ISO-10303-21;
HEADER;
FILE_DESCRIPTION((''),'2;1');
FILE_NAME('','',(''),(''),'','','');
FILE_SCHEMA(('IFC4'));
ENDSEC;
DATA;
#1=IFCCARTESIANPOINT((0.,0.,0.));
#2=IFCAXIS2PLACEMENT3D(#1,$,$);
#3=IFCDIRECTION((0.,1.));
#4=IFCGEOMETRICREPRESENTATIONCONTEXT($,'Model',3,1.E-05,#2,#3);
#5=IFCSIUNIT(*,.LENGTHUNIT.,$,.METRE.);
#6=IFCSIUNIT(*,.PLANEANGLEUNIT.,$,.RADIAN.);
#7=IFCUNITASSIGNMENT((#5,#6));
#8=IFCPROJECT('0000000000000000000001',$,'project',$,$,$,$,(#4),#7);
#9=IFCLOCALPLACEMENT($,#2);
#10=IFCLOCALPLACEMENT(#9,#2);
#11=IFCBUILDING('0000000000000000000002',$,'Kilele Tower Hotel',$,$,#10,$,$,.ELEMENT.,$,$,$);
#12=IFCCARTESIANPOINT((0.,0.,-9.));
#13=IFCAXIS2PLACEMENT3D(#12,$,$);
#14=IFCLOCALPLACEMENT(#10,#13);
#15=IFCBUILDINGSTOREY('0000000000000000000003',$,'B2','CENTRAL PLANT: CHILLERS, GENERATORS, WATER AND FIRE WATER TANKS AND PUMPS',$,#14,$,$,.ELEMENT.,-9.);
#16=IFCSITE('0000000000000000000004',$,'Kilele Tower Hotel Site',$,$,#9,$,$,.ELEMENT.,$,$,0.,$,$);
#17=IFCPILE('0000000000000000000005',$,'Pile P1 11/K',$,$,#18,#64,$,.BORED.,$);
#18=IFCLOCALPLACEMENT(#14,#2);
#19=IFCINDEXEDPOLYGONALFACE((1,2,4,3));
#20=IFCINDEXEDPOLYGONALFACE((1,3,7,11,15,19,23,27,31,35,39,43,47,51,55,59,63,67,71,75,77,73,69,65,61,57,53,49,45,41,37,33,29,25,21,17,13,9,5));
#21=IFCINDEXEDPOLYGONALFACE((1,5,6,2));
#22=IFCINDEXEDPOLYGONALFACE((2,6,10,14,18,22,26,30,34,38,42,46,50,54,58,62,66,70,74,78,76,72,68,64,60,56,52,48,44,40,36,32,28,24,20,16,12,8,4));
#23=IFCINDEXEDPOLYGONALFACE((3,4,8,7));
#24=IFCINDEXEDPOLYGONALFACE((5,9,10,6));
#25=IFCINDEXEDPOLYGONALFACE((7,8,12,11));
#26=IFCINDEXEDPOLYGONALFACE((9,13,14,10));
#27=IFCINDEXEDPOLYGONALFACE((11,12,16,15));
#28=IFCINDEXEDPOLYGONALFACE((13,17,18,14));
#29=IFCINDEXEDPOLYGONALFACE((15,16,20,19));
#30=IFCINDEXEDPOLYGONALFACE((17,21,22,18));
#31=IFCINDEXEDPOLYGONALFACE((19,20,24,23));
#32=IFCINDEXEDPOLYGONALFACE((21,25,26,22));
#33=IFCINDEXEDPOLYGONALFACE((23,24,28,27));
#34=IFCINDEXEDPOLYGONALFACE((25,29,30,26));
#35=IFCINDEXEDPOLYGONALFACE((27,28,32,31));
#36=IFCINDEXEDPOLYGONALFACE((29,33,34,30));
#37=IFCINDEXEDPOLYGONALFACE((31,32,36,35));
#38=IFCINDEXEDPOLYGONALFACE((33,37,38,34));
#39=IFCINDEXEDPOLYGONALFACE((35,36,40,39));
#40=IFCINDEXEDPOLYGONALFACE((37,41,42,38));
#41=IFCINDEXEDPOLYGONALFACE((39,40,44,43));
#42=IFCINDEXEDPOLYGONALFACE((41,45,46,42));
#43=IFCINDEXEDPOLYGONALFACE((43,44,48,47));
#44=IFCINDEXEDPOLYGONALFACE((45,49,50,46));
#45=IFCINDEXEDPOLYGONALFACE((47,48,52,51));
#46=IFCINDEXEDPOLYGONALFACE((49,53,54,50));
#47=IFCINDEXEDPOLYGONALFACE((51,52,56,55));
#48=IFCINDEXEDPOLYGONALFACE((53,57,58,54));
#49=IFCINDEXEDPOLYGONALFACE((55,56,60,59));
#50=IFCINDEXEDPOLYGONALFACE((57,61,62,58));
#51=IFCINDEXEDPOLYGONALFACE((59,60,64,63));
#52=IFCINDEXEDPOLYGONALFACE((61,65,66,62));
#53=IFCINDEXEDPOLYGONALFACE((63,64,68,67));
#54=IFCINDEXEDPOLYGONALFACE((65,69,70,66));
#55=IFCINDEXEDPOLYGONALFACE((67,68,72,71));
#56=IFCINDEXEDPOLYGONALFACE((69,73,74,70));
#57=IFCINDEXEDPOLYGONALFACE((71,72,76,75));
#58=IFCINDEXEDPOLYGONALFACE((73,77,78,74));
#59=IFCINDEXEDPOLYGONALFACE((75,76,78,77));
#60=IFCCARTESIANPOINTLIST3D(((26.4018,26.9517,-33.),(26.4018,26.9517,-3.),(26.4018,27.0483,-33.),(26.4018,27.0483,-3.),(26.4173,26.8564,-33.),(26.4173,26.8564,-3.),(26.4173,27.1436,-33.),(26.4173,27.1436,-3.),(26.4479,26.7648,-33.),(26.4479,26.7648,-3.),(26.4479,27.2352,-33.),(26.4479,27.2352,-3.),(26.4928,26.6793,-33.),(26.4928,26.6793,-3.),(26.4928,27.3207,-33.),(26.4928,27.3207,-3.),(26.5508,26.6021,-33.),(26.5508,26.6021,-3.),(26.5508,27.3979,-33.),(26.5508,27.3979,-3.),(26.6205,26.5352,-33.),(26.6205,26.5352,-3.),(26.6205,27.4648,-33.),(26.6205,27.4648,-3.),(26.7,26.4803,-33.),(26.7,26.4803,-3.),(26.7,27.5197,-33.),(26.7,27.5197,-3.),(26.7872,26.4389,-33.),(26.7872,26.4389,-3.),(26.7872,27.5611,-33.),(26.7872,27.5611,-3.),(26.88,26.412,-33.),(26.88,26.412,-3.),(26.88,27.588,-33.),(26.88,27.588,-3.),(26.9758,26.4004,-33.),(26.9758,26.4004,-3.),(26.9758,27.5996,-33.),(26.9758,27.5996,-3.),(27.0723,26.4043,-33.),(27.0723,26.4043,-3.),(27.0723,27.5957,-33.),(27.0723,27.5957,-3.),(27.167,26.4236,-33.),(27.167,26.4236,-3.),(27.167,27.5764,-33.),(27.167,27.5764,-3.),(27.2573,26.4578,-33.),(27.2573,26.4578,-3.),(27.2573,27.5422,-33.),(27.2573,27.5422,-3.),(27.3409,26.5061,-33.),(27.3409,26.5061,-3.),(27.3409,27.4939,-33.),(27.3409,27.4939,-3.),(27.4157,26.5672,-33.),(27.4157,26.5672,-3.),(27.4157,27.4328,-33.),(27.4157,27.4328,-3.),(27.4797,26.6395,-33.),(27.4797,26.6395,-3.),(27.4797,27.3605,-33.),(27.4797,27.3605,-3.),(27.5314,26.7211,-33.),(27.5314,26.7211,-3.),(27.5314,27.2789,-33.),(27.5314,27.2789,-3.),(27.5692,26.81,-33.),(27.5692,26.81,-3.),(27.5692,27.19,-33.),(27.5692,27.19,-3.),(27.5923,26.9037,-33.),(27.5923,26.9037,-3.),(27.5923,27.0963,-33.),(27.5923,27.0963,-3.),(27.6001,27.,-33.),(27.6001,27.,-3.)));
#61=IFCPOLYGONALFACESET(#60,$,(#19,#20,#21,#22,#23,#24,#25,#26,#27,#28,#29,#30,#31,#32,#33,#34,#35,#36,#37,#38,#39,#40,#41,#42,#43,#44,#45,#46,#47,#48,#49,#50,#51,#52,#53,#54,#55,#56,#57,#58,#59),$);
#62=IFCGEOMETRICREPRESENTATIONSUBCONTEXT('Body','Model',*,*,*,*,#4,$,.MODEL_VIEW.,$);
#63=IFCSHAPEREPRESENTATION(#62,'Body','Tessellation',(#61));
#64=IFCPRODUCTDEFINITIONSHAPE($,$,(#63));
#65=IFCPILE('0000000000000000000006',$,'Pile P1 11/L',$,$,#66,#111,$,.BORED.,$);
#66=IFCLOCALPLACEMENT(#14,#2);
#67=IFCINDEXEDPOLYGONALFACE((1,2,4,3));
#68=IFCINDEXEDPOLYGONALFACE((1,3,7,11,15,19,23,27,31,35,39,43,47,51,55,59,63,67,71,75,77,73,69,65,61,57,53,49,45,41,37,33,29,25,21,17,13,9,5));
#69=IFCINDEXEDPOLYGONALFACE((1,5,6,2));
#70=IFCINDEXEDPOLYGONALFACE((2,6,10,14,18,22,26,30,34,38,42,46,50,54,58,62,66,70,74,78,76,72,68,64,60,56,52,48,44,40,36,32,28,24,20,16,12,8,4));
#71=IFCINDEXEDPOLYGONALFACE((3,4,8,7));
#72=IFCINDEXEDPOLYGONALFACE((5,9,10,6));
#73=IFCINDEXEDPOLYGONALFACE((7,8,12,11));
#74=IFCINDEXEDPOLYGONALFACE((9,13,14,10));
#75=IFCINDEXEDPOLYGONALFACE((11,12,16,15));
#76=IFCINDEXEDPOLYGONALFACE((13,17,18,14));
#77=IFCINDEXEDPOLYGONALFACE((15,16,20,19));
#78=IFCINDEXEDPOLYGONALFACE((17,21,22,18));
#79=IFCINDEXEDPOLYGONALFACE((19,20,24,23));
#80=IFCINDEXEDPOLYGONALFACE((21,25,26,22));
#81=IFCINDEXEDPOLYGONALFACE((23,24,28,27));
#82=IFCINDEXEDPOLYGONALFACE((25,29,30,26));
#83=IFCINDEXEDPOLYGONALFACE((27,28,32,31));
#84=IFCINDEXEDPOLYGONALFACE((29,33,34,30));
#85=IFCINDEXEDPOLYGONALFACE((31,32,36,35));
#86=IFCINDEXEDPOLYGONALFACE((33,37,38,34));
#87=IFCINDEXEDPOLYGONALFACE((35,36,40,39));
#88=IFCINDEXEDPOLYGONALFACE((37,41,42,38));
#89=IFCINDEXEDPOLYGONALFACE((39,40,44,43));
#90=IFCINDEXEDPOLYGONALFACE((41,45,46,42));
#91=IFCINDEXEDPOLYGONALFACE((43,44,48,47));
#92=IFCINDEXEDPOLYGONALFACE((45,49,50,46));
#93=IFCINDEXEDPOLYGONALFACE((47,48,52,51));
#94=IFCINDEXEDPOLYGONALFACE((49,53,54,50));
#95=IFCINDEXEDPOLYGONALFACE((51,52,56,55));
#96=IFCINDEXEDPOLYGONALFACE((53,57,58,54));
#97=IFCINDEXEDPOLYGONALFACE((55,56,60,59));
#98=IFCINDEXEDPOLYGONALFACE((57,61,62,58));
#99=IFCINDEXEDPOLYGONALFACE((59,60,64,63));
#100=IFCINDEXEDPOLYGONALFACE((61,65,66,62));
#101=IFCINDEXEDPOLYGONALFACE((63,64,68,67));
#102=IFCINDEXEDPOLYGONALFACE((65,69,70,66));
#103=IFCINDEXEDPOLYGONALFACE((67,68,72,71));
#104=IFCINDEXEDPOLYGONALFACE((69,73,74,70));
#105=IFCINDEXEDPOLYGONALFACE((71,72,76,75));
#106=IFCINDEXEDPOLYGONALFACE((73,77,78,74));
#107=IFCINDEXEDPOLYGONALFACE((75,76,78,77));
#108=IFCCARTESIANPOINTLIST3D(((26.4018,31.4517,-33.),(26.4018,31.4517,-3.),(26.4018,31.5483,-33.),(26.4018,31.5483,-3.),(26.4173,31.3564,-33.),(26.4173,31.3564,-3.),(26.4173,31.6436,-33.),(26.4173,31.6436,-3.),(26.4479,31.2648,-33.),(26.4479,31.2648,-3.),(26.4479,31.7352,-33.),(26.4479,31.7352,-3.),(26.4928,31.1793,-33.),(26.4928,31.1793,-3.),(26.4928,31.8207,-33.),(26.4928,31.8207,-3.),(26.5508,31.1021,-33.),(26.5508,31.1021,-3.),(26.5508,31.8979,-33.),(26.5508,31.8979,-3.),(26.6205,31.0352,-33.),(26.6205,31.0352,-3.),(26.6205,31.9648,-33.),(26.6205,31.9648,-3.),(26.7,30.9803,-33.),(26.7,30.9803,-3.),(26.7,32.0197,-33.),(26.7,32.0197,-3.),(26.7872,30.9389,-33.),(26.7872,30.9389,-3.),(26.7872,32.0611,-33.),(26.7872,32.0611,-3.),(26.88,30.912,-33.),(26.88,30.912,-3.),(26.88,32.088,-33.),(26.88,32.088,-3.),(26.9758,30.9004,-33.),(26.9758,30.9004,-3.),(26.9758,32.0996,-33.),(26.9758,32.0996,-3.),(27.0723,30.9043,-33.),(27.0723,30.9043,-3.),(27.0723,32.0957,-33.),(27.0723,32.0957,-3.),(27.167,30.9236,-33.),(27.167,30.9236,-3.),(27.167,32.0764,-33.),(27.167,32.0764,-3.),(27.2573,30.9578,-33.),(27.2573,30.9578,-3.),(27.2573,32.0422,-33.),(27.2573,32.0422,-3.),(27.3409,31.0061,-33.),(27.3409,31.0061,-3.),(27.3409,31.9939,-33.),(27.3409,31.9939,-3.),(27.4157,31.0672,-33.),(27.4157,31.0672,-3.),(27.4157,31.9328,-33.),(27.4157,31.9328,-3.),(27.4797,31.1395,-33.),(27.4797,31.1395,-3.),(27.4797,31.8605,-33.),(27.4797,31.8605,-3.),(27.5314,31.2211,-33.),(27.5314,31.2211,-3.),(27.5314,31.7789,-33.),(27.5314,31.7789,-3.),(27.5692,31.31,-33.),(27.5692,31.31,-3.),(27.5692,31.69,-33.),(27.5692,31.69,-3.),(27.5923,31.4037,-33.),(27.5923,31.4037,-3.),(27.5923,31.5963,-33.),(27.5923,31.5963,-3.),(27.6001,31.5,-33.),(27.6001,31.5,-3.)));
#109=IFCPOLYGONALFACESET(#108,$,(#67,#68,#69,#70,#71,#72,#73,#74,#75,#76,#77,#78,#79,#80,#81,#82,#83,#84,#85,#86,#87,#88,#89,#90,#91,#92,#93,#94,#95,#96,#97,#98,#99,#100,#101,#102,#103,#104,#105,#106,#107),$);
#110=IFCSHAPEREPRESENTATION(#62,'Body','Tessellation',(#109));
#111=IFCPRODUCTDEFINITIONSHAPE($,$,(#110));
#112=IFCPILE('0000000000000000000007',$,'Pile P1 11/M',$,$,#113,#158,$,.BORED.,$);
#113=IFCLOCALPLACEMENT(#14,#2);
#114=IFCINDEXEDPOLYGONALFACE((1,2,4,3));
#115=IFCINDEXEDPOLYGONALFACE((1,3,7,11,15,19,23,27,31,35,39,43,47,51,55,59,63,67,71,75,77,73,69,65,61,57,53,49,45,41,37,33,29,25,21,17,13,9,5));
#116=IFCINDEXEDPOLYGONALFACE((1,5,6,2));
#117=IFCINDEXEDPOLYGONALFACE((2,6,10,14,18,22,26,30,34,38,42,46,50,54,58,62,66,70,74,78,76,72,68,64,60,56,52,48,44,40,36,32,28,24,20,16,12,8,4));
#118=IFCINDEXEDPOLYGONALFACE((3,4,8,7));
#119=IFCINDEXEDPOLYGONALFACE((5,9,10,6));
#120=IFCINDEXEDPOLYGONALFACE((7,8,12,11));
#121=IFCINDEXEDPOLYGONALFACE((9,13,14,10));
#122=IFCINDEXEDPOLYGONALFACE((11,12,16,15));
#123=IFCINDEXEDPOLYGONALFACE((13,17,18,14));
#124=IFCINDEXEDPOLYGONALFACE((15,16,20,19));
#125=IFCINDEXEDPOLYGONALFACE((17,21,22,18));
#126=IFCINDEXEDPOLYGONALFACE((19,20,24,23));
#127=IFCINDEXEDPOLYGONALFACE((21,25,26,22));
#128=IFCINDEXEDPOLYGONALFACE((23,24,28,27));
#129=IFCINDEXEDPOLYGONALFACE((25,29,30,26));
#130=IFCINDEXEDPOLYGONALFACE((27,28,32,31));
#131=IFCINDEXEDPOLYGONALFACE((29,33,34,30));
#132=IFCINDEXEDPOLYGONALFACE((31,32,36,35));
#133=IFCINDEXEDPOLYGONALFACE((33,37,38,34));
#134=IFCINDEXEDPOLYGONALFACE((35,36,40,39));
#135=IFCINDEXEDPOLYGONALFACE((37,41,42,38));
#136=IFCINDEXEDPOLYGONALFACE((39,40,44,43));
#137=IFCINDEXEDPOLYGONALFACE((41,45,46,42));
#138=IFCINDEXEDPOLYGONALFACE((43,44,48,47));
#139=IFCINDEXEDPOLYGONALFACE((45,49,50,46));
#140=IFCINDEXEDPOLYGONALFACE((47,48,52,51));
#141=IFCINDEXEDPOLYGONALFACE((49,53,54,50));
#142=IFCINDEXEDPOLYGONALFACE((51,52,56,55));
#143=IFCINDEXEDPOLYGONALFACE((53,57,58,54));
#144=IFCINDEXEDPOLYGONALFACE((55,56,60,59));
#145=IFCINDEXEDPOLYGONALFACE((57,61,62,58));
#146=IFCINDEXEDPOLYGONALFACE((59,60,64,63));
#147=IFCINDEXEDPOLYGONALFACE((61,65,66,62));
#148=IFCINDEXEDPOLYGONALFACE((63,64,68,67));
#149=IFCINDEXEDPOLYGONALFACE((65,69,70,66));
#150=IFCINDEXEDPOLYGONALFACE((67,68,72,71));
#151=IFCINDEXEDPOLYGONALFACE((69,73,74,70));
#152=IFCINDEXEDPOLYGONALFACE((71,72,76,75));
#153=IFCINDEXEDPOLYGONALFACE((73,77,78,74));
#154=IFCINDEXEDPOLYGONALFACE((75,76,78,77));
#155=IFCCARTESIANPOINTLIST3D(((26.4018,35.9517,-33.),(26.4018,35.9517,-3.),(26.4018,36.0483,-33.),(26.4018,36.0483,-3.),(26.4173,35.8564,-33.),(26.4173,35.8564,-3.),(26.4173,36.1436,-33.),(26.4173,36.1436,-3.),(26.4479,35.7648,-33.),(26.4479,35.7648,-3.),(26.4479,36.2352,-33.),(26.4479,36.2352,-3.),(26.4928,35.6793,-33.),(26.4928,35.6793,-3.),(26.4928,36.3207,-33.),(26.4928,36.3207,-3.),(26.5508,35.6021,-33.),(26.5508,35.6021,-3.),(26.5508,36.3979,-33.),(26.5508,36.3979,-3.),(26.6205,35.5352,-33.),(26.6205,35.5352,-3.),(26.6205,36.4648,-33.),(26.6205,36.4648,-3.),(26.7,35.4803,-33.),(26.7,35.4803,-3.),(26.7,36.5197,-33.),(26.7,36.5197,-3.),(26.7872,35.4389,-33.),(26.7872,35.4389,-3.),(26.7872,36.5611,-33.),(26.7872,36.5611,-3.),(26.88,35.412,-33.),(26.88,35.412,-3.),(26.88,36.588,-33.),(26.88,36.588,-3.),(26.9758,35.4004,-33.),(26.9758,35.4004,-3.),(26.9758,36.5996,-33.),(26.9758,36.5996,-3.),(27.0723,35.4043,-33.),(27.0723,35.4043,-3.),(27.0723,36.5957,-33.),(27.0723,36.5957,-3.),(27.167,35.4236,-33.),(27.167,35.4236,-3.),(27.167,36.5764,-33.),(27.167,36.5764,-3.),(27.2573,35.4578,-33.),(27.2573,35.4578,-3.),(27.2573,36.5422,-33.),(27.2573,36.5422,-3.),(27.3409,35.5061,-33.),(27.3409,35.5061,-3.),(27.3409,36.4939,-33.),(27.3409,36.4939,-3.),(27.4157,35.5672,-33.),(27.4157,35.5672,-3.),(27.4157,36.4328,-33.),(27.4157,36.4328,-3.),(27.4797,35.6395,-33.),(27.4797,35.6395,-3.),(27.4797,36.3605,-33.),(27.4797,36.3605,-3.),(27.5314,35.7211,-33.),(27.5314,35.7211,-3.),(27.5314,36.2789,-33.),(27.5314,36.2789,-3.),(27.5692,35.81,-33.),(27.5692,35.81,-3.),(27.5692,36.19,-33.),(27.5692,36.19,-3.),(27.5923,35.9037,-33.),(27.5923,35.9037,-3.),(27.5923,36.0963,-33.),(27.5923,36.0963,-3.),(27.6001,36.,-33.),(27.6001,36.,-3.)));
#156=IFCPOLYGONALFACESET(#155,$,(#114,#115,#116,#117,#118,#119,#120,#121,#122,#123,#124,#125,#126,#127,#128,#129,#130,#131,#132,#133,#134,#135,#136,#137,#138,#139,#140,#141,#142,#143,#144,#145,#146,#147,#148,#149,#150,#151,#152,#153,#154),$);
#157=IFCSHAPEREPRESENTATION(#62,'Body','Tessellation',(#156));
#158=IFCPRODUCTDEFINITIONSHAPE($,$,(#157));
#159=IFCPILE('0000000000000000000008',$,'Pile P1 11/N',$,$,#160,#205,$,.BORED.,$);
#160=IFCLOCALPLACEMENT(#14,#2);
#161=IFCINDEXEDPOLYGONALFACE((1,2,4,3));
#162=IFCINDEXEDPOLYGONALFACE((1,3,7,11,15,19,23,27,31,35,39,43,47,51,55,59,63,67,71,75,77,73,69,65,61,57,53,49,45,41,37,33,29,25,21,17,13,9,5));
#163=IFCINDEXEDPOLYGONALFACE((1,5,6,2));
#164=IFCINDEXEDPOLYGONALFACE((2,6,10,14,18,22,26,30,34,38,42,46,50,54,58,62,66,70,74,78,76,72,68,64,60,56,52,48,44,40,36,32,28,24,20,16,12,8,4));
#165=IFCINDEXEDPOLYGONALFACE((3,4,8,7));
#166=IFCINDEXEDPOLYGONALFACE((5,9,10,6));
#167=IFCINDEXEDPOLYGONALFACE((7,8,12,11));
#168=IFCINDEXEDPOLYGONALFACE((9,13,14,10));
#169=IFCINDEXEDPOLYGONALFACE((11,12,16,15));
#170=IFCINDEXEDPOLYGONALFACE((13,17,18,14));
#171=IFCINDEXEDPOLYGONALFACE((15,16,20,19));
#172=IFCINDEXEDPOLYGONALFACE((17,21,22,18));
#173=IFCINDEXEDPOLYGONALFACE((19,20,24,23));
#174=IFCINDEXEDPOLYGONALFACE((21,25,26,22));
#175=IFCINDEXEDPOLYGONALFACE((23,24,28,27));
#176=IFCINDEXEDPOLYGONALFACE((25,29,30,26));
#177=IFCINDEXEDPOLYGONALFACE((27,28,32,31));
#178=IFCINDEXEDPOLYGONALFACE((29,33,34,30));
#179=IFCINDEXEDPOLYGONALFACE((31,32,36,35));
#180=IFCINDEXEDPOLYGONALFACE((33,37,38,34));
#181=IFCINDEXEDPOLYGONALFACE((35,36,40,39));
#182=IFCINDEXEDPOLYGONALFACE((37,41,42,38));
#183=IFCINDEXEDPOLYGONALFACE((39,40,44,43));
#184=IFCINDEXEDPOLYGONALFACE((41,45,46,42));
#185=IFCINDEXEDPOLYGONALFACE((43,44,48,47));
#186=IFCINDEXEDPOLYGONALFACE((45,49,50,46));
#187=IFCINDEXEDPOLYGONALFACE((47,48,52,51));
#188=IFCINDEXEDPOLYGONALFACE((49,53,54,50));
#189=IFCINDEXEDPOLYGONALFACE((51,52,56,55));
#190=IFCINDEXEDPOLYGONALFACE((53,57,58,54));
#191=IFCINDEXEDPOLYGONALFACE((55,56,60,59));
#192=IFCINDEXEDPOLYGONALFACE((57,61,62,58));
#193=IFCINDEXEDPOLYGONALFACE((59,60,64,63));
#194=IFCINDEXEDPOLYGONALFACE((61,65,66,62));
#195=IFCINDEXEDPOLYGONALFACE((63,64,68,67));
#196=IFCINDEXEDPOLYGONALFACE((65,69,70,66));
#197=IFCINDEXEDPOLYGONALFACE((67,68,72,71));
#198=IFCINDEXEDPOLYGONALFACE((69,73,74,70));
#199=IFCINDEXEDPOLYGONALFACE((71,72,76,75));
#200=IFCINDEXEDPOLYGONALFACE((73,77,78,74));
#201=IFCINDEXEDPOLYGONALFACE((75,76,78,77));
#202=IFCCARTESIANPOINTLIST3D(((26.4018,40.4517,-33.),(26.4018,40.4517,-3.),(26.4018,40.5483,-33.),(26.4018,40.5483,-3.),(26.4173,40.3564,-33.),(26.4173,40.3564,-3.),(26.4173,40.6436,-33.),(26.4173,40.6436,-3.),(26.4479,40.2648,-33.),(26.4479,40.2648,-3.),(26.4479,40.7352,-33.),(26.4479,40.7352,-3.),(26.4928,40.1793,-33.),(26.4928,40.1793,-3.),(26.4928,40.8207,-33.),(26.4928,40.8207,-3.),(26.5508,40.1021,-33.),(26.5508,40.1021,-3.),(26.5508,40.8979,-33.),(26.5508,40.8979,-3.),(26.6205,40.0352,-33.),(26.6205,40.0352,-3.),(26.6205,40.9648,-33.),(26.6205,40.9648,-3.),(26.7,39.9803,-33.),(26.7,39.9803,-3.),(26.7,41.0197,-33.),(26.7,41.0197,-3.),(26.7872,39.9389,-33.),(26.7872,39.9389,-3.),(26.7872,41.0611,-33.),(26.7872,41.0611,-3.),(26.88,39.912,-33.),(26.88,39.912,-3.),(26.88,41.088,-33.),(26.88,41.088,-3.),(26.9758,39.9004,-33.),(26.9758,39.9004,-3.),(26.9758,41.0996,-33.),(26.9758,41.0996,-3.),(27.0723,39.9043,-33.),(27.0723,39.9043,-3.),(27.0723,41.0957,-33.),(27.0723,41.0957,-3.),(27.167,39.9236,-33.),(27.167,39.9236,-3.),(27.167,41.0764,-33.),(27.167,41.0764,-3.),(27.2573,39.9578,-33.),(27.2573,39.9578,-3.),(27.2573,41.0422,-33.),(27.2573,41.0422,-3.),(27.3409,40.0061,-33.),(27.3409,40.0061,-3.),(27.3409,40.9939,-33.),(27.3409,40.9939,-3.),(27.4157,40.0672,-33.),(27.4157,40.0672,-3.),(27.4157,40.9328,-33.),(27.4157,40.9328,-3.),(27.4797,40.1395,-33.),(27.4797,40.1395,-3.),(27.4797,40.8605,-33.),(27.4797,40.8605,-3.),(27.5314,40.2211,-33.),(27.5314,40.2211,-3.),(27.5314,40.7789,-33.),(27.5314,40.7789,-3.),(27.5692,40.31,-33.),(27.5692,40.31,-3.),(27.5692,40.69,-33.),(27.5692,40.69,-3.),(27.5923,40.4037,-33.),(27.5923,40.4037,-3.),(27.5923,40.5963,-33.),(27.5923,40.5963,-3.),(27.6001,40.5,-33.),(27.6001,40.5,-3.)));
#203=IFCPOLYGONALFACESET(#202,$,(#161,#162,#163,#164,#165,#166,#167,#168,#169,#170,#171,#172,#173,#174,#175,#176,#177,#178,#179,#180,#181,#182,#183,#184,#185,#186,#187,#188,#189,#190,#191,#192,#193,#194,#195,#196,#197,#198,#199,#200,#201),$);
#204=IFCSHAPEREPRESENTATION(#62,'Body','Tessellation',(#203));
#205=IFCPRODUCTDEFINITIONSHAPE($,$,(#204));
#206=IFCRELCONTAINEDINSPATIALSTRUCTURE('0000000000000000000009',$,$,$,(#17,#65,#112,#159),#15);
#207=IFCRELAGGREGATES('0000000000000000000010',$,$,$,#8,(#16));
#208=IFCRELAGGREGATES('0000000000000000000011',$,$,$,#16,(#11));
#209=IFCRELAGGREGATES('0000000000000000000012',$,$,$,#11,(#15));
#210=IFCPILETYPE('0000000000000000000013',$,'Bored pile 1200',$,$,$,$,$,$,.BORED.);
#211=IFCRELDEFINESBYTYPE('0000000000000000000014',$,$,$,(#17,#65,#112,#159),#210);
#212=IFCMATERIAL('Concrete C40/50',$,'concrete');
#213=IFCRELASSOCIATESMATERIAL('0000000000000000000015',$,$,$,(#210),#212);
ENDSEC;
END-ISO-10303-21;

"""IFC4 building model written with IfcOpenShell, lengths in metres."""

from ifc_helpers import new_model, si_unit, direction, frame, origin, origin_2d, place, context, subcontext, project, spatial, circle, extrude, material, material_profile, profile_set, type_object, element, save


model = new_model("IFC4")

# Units and contexts
model_context = context("Model", 3, precision=1e-05, world=origin(), true_north=direction((0.0, 1.0)))
body_context = subcontext(model_context, "Body", "Model", "MODEL_VIEW")
ifc_project = project(units=[si_unit("LENGTHUNIT", "METRE"), si_unit("PLANEANGLEUNIT", "RADIAN")], contexts=[model_context])

# Site, building, storey
site_placement = place(None, origin())
site = spatial("IfcSite", under=ifc_project, at=site_placement, Name="Kilele Tower Hotel Site", CompositionType="ELEMENT", RefElevation=0.0)
building_placement = place(site_placement, origin())
building = spatial("IfcBuilding", under=site, at=building_placement, Name="Kilele Tower Hotel", CompositionType="ELEMENT")
storey_placement = place(building_placement, frame((0.0, 0.0, -9.0)))
storey = spatial("IfcBuildingStorey", under=building, at=storey_placement, Name="B2", Description="CENTRAL PLANT: CHILLERS, GENERATORS, WATER AND FIRE WATER TANKS AND PUMPS", CompositionType="ELEMENT", Elevation=-9.0)

# Piles
ifc_material_1 = material(Name="Concrete C40/50", Category="concrete")
ifc_material_profile_1 = material_profile(ifc_material_1, circle(Radius=0.6001, at=origin_2d()))
ifc_profile_set_1 = profile_set([ifc_material_profile_1], Name="Concrete C40/50")
pile_type = type_object("IfcPileType", Name="Bored pile 1200", PredefinedType="BORED", material=ifc_profile_set_1)
for number, where, z_axis, x_axis, name in (
    (1, (27.0, 27.0, -3.0), (0.0, 0.0, -1.0), (1.0, 0.0, 0.0), "Pile P1 11/K"),
    (2, (27.0, 31.5, -3.0), (0.0, 0.0, -1.0), (1.0, 0.0, 0.0), "Pile P1 11/L"),
    (3, (27.0, 36.0, -3.0), (0.0, 0.0, -1.0), (1.0, 0.0, 0.0), "Pile P1 11/M"),
    (4, (27.0, 40.5, -3.0), (0.0, 0.0, -1.0), (1.0, 0.0, 0.0), "Pile P1 11/N"),
):
    element("IfcPile", number, at=place(storey_placement, frame(where, z_axis=z_axis, x_axis=x_axis)), inside=storey, type_object=pile_type, Name=name, PredefinedType="BORED", context=body_context, shape_type="SweptSolid", body=[
        extrude(circle(Radius=0.6001, at=origin_2d()), origin(), (0.0, 0.0, 1.0), 30.0),
    ])

save(model, "model.ifc")
